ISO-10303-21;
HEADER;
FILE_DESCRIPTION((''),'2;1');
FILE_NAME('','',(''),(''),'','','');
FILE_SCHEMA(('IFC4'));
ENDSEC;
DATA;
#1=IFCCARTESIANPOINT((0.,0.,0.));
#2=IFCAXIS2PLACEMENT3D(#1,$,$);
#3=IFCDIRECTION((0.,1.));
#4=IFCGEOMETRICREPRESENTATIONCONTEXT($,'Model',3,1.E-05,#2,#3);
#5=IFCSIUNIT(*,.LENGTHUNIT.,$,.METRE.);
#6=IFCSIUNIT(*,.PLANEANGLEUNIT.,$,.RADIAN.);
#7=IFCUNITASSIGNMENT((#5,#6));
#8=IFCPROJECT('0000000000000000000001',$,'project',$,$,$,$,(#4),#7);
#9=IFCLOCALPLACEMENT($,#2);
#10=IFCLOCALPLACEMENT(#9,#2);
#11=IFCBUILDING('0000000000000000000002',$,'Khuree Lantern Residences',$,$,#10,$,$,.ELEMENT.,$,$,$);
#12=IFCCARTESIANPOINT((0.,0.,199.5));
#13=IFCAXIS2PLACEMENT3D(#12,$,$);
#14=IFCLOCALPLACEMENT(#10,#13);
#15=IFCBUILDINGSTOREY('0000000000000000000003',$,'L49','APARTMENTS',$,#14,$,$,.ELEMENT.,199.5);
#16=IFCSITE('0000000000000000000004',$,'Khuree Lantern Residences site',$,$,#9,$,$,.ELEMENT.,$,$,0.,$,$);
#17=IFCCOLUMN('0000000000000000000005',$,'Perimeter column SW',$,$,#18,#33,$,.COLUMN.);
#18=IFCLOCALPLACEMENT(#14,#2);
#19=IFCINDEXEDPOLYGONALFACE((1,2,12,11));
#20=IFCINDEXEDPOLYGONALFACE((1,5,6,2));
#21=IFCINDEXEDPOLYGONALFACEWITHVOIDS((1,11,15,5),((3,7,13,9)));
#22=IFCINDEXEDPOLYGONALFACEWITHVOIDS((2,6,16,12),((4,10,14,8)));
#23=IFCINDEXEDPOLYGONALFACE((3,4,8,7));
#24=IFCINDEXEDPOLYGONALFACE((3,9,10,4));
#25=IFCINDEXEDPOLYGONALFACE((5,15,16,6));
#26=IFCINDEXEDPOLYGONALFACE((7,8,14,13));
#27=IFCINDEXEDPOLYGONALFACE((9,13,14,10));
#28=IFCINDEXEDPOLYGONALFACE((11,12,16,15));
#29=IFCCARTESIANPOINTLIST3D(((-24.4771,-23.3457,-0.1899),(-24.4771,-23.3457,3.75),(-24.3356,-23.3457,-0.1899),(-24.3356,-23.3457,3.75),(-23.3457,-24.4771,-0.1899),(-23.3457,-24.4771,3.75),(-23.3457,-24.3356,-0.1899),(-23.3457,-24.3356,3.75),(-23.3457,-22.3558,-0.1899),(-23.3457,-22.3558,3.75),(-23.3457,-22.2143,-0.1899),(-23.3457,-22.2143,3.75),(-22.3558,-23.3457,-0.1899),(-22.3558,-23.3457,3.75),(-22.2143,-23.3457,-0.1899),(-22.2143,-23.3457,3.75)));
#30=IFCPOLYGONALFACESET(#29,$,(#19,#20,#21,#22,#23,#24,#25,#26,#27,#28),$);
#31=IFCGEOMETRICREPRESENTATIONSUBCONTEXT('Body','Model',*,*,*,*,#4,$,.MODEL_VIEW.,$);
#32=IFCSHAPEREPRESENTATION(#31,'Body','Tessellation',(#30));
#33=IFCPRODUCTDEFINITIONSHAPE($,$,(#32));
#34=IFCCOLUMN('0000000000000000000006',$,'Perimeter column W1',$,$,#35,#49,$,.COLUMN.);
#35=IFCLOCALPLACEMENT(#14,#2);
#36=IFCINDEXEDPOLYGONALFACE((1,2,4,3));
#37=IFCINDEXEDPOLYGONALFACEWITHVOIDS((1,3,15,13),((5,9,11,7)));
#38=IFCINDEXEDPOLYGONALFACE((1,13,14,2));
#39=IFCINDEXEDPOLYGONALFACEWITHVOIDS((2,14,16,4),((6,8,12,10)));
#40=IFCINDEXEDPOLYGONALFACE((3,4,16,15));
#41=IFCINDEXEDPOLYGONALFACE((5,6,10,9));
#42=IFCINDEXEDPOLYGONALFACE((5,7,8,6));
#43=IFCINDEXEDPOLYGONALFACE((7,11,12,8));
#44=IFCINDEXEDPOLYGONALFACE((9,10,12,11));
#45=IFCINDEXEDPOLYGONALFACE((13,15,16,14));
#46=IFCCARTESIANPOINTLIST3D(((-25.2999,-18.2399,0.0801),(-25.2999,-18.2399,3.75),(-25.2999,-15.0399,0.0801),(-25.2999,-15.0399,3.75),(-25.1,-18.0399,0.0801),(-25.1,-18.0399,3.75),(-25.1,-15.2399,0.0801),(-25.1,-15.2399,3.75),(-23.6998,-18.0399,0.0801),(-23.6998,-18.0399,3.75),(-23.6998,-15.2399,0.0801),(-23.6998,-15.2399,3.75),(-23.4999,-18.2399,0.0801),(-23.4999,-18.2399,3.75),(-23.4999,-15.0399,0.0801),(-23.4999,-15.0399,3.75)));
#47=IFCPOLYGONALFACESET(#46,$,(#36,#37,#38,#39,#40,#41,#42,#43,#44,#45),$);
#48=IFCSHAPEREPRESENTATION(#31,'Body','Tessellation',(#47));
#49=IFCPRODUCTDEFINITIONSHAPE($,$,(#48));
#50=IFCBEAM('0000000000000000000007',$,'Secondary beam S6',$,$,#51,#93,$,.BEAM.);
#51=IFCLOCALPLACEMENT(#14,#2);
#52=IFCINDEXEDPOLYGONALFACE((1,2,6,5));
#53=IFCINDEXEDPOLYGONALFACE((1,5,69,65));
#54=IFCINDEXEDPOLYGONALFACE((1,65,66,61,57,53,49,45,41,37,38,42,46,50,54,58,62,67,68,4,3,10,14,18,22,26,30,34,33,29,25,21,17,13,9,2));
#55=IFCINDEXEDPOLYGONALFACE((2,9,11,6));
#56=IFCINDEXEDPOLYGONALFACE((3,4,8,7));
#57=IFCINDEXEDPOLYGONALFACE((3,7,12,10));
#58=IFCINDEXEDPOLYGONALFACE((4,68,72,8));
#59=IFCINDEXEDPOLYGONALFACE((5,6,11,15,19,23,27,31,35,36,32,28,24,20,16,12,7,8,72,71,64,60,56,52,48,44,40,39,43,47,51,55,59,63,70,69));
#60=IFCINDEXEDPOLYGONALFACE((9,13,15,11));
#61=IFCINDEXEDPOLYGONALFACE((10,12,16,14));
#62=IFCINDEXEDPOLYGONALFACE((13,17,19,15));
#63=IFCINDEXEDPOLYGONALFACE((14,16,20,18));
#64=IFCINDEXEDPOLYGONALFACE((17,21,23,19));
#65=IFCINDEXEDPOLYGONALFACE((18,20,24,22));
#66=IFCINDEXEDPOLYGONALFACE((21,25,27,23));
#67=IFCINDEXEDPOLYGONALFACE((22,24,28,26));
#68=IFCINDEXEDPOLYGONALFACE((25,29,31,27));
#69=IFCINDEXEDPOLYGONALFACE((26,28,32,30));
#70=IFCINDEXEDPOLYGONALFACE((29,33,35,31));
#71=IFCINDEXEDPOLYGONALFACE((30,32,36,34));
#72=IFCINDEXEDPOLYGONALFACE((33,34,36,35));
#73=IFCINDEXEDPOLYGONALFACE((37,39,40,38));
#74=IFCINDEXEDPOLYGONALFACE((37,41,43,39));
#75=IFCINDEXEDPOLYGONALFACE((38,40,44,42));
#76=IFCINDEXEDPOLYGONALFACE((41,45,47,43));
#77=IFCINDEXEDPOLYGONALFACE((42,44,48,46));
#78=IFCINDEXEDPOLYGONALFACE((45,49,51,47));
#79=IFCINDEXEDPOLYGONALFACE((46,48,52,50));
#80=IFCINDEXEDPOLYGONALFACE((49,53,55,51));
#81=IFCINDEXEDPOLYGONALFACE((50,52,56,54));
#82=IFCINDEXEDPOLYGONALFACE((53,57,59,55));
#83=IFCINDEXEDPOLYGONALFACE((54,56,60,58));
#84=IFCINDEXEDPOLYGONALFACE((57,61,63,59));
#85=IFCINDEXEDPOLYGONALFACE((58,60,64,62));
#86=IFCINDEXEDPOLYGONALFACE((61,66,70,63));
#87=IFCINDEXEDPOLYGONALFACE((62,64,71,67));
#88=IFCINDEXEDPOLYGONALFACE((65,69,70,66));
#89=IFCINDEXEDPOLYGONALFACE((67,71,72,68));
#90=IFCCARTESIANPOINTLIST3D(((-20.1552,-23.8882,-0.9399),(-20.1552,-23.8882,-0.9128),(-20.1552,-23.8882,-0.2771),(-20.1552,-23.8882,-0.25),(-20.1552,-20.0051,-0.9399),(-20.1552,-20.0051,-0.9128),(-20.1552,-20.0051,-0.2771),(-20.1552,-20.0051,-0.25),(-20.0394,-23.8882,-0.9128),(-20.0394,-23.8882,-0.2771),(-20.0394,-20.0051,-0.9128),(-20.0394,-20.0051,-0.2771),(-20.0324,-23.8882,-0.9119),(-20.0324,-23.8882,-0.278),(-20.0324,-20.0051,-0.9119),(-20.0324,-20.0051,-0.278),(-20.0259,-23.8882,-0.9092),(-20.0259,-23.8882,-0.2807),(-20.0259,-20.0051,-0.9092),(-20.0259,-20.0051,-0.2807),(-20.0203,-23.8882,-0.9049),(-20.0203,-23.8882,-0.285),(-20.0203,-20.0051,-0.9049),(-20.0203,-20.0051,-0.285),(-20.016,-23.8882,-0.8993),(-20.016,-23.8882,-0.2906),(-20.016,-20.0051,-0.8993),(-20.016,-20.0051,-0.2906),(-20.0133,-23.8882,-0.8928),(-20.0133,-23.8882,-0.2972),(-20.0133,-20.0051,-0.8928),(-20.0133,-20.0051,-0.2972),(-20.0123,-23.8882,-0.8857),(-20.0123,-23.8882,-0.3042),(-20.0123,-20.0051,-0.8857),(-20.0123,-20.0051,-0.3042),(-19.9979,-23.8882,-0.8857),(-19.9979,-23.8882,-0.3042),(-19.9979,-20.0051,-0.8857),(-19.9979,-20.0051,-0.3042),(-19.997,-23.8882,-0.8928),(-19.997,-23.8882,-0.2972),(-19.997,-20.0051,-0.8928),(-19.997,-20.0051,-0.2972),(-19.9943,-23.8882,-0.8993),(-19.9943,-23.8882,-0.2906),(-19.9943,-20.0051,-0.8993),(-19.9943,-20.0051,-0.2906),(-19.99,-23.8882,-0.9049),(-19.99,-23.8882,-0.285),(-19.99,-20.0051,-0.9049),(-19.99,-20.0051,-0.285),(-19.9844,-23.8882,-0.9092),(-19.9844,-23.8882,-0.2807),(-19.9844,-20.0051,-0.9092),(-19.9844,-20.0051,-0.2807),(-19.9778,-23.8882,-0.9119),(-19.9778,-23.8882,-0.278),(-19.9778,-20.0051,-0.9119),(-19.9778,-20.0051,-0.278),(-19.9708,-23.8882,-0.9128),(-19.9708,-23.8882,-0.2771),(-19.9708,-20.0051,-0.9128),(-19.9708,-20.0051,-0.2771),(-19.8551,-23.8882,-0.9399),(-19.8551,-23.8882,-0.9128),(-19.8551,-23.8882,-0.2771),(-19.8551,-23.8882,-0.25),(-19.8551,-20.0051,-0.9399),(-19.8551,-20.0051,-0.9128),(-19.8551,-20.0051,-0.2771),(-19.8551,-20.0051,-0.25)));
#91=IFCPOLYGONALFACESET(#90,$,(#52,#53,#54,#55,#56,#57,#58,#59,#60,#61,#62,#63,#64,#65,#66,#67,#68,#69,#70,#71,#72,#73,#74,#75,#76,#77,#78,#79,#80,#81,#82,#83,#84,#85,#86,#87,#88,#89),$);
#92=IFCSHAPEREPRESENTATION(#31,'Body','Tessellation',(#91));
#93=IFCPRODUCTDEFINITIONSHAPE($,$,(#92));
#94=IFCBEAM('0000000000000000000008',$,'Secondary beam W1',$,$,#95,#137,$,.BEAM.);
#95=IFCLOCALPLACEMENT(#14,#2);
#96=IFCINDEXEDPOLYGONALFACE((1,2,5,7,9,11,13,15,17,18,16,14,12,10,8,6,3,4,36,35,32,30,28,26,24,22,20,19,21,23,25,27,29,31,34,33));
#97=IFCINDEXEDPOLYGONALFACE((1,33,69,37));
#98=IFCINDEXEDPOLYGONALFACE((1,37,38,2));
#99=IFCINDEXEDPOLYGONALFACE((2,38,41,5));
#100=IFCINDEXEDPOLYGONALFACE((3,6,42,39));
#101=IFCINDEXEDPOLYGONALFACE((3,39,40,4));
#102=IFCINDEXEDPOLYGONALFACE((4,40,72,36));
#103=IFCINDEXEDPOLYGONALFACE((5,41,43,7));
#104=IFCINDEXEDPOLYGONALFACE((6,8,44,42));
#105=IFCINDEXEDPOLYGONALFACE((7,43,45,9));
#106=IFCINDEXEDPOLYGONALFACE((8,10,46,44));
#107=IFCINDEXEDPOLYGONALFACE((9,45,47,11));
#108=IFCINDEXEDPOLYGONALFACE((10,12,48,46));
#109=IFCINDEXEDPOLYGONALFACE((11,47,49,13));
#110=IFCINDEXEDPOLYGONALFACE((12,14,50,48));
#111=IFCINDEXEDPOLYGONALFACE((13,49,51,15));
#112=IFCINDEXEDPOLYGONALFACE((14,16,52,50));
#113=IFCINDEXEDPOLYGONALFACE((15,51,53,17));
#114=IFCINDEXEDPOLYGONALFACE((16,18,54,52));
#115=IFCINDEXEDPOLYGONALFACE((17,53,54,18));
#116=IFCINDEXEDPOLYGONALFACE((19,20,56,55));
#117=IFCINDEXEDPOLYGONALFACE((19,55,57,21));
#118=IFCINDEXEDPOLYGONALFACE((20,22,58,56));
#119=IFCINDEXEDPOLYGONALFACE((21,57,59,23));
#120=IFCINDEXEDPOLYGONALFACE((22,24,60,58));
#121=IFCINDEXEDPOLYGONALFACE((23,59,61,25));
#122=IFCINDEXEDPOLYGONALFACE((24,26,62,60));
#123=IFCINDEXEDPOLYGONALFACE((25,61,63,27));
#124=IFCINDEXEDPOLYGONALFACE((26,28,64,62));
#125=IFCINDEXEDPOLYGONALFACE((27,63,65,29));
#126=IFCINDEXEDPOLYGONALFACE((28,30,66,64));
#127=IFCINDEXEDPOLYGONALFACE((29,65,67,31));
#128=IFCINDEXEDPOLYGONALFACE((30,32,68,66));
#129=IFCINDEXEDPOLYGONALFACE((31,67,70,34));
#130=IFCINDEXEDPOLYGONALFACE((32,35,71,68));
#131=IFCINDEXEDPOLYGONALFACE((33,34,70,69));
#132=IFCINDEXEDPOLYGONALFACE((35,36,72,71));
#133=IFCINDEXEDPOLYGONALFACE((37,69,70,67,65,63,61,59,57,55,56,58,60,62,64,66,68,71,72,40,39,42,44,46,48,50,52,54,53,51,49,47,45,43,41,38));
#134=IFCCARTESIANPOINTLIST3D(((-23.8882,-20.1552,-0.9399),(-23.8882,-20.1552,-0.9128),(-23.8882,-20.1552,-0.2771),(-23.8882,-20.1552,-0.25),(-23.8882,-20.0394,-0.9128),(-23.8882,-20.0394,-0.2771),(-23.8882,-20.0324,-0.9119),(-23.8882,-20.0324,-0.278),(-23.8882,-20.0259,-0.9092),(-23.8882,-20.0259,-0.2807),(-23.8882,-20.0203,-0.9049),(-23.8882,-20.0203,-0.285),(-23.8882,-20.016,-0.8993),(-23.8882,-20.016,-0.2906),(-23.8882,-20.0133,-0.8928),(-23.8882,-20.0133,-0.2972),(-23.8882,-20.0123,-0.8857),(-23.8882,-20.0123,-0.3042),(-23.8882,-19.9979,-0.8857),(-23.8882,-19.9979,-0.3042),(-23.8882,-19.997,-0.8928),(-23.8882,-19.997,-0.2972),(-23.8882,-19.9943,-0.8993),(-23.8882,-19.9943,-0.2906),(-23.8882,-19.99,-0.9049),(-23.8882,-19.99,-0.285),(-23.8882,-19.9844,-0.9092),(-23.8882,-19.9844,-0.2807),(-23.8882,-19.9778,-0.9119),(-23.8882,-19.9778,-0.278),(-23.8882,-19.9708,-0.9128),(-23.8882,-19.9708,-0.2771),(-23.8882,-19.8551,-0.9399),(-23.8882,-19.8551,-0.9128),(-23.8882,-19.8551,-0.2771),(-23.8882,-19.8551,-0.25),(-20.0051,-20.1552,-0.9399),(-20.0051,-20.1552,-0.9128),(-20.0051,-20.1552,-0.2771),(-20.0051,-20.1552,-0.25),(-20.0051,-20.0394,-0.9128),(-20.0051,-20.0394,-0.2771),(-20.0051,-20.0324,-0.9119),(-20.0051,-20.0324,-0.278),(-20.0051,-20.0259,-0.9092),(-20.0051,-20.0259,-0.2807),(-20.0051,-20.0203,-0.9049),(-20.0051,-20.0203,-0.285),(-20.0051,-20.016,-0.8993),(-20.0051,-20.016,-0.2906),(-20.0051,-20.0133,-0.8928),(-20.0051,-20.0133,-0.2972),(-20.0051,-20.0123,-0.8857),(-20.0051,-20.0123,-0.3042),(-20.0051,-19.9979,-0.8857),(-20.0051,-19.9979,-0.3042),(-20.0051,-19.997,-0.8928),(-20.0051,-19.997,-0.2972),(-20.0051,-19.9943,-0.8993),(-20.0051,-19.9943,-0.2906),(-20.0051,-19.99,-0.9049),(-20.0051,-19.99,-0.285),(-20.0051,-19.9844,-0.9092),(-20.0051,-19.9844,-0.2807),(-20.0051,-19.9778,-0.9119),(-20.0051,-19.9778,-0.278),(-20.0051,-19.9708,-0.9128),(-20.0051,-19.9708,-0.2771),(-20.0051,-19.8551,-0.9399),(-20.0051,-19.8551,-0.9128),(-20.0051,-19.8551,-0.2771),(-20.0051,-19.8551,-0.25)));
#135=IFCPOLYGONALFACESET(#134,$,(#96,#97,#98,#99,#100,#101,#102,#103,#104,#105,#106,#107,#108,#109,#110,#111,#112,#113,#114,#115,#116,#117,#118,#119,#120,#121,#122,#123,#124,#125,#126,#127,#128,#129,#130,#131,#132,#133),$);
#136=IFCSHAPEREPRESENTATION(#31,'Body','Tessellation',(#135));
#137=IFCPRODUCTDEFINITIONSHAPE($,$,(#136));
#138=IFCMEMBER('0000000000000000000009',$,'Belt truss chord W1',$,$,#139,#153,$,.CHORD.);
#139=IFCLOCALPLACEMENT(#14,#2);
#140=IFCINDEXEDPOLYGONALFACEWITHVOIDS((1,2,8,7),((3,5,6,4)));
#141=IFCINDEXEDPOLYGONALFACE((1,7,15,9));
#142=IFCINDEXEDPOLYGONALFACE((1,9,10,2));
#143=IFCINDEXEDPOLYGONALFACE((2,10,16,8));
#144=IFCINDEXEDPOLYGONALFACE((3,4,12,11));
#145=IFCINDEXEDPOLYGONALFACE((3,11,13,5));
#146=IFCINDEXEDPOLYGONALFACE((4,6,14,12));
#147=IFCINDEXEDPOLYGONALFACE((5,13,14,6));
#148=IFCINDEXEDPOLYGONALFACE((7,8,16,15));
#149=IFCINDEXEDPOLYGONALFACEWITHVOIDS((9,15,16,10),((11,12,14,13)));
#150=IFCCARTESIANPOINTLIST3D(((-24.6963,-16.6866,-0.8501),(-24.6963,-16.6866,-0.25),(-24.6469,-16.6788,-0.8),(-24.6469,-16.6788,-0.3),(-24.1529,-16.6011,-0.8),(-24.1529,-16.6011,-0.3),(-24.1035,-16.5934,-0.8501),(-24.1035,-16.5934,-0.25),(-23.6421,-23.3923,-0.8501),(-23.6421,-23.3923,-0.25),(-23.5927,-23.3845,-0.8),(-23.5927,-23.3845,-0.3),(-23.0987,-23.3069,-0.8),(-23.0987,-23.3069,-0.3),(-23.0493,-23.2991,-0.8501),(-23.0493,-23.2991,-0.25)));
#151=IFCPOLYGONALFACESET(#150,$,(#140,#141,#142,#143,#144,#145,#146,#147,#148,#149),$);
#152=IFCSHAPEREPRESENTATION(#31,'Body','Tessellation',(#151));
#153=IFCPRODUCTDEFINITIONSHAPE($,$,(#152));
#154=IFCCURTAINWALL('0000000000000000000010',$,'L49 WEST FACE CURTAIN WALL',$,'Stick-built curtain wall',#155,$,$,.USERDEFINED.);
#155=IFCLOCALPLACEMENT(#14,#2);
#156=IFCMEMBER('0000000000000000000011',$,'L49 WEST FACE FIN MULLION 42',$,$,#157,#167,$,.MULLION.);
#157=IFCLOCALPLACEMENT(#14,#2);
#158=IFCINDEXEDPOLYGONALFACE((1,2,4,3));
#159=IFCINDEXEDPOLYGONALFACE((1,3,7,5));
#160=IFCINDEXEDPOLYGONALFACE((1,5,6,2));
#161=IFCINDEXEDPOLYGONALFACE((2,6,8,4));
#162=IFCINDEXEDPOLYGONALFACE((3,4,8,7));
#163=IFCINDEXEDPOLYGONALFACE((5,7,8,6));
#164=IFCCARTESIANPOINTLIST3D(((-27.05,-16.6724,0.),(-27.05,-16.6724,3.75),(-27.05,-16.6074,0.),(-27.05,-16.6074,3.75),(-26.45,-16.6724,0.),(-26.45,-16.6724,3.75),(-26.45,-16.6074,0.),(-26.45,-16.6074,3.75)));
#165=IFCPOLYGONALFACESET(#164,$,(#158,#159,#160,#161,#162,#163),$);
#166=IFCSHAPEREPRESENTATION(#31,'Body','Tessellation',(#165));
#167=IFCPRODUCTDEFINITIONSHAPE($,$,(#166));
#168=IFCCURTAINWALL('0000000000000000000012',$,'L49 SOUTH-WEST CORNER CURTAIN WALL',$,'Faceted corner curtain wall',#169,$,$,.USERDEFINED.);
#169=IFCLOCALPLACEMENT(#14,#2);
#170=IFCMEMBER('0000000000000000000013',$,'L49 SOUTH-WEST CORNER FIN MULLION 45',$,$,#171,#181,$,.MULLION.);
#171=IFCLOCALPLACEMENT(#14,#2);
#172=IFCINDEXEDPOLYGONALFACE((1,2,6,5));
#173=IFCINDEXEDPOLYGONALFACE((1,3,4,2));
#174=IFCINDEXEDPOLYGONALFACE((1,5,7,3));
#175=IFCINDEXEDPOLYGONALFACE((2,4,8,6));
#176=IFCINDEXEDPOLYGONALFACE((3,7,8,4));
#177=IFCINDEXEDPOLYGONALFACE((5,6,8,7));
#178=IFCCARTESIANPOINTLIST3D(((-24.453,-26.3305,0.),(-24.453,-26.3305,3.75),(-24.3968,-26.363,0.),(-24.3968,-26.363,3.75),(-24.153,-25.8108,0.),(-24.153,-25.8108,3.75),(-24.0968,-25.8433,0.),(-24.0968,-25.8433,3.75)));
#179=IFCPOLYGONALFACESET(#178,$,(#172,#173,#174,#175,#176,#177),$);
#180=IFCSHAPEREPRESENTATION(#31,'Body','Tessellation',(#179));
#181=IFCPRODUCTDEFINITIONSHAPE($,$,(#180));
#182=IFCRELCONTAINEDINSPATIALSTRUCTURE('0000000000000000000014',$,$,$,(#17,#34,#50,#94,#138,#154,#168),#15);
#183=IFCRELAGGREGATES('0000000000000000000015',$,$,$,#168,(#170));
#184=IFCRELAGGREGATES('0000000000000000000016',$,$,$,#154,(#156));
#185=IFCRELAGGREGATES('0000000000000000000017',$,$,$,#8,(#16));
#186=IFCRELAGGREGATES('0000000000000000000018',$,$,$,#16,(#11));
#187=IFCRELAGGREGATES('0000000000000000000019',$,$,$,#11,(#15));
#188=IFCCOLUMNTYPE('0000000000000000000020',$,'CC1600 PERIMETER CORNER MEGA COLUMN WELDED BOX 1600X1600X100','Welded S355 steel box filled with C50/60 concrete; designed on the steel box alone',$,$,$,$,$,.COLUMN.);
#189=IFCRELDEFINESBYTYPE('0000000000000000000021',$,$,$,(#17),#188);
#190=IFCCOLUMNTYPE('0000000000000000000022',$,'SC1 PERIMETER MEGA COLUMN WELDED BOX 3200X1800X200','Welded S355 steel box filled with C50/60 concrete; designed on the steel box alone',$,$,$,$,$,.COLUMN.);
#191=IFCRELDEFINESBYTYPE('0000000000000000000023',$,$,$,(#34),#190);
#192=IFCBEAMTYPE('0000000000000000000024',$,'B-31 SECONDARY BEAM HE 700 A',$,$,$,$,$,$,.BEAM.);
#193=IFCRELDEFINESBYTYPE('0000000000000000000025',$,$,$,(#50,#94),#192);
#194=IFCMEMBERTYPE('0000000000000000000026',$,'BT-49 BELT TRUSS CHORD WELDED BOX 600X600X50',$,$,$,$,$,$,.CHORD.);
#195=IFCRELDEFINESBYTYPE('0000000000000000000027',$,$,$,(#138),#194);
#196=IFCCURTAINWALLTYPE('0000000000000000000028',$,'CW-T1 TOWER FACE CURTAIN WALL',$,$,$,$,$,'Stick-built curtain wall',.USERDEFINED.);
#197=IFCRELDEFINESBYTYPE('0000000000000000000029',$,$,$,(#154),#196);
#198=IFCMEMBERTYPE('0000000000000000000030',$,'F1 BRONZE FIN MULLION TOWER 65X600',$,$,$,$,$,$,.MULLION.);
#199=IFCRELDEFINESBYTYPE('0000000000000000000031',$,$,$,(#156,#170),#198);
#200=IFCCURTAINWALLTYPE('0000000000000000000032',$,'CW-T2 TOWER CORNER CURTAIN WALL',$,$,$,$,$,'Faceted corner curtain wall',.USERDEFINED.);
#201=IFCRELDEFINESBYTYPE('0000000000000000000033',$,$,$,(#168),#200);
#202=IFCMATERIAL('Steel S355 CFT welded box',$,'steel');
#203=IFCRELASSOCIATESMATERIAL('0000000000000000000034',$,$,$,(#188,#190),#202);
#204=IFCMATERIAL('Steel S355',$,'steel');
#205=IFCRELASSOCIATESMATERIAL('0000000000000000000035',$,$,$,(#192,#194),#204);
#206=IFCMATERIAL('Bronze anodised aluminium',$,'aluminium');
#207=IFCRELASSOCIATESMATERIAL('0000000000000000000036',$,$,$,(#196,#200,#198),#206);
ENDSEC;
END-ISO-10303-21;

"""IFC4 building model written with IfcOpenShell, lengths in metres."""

from ifc_helpers import new_model, si_unit, direction, frame, origin, origin_2d, place, context, subcontext, project, spatial, rectangle, hollow_rectangle, i_section, extrude, material, material_profile, profile_set, type_object, element, aggregate, save


model = new_model("IFC4")

# Units and contexts
model_context = context("Model", 3, precision=1e-05, world=origin(), true_north=direction((0.0, 1.0)))
body_context = subcontext(model_context, "Body", "Model", "MODEL_VIEW")
ifc_project = project(units=[si_unit("LENGTHUNIT", "METRE"), si_unit("PLANEANGLEUNIT", "RADIAN")], contexts=[model_context])

# Site, building, storey
site_placement = place(None, origin())
site = spatial("IfcSite", under=ifc_project, at=site_placement, Name="Khuree Lantern Residences site", CompositionType="ELEMENT", RefElevation=0.0)
building_placement = place(site_placement, origin())
building = spatial("IfcBuilding", under=site, at=building_placement, Name="Khuree Lantern Residences", CompositionType="ELEMENT")
storey_placement = place(building_placement, frame((0.0, 0.0, 199.5)))
storey = spatial("IfcBuildingStorey", under=building, at=storey_placement, Name="L49", Description="APARTMENTS", CompositionType="ELEMENT", Elevation=199.5)

# Columns
ifc_material_1 = material(Name="Steel S355 CFT welded box", Category="steel")
ifc_material_profile_1 = material_profile(ifc_material_1, hollow_rectangle(XDim=1.6001, YDim=1.6001, WallThickness=0.1001, at=origin_2d()), Name="WELDED BOX 1600X1600X100")
ifc_profile_set_1 = profile_set([ifc_material_profile_1], Name="Steel S355 CFT welded box")
column_type_1 = type_object("IfcColumnType", Name="CC1600 PERIMETER CORNER MEGA COLUMN WELDED BOX 1600X1600X100", Description="Welded S355 steel box filled with C50/60 concrete; designed on the steel box alone", PredefinedType="COLUMN", material=ifc_profile_set_1)
column_1_placement = place(storey_placement, frame((-23.3457, -23.3457, -0.1899), z_axis=(0.0, 0.0, 1.0), x_axis=(0.707107, -0.707107, 0.0)))
element("IfcColumn", 1, at=column_1_placement, inside=storey, type_object=column_type_1, Name="Perimeter column SW", PredefinedType="COLUMN", context=body_context, shape_type="SweptSolid", body=[
    extrude(hollow_rectangle(XDim=1.6001, YDim=1.6001, WallThickness=0.1001, at=origin_2d()), origin(), (0.0, 0.0, 1.0), 3.9399),
])
ifc_material_profile_2 = material_profile(ifc_material_1, hollow_rectangle(XDim=3.2, YDim=1.8, WallThickness=0.2, at=origin_2d()), Name="WELDED BOX 3200X1800X200")
ifc_profile_set_2 = profile_set([ifc_material_profile_2], Name="Steel S355 CFT welded box")
column_type_2 = type_object("IfcColumnType", Name="SC1 PERIMETER MEGA COLUMN WELDED BOX 3200X1800X200", Description="Welded S355 steel box filled with C50/60 concrete; designed on the steel box alone", PredefinedType="COLUMN", material=ifc_profile_set_2)
column_2_placement = place(storey_placement, frame((-24.3999, -16.6399, 0.0801), z_axis=(0.0, 0.0, 1.0), x_axis=(0.0, 1.0, 0.0)))
element("IfcColumn", 2, at=column_2_placement, inside=storey, type_object=column_type_2, Name="Perimeter column W1", PredefinedType="COLUMN", context=body_context, shape_type="SweptSolid", body=[
    extrude(hollow_rectangle(XDim=3.2, YDim=1.8, WallThickness=0.2, at=origin_2d()), origin(), (0.0, 0.0, 1.0), 3.6699),
])

# Beams
ifc_material_2 = material(Name="Steel S355", Category="steel")
ifc_material_profile_3 = material_profile(ifc_material_2, i_section(OverallWidth=0.3, OverallDepth=0.6899, WebThickness=0.0144, FlangeThickness=0.0271, FilletRadius=0.0271, at=origin_2d()), Name="HE 700 A")
ifc_profile_set_3 = profile_set([ifc_material_profile_3], Name="Steel S355")
beam_type_1 = type_object("IfcBeamType", Name="B-31 SECONDARY BEAM HE 700 A", PredefinedType="BEAM", material=ifc_profile_set_3)
for number, where, z_axis, x_axis, name in (
    (3, (-20.0051, -23.8882, -0.595), (0.0, 1.0, 0.0), (-1.0, 0.0, 0.0), "Secondary beam S6"),
    (4, (-23.8882, -20.0051, -0.595), (1.0, 0.0, 0.0), (0.0, 1.0, 0.0), "Secondary beam W1"),
):
    element("IfcBeam", number, at=place(storey_placement, frame(where, z_axis=z_axis, x_axis=x_axis)), inside=storey, type_object=beam_type_1, Name=name, PredefinedType="BEAM", context=body_context, shape_type="SweptSolid", body=[
        extrude(i_section(OverallWidth=0.3, OverallDepth=0.6899, WebThickness=0.0144, FlangeThickness=0.0271, FilletRadius=0.0271, at=origin_2d()), origin(), (0.0, 0.0, 1.0), 3.8831),
    ])

# Member
ifc_material_profile_4 = material_profile(ifc_material_2, hollow_rectangle(XDim=0.6001, YDim=0.6001, WallThickness=0.05, at=origin_2d()), Name="WELDED BOX 600X600X50")
ifc_profile_set_4 = profile_set([ifc_material_profile_4], Name="Steel S355")
member_type_1 = type_object("IfcMemberType", Name="BT-49 BELT TRUSS CHORD WELDED BOX 600X600X50", PredefinedType="CHORD", material=ifc_profile_set_4)
member_1_placement = place(storey_placement, frame((-23.3457, -23.3457, -0.55), z_axis=(-0.1553, 0.987867, 0.0), x_axis=(-0.987867, -0.1553, 0.0)))
element("IfcMember", 5, at=member_1_placement, inside=storey, type_object=member_type_1, Name="Belt truss chord W1", PredefinedType="CHORD", context=body_context, shape_type="SweptSolid", body=[
    extrude(hollow_rectangle(XDim=0.6001, YDim=0.6001, WallThickness=0.05, at=origin_2d()), origin(), (0.0, 0.0, 1.0), 6.7881),
])

# Curtain wall, member
ifc_material_3 = material(Name="Bronze anodised aluminium", Category="aluminium")
curtain_wall_type_1 = type_object("IfcCurtainWallType", Name="CW-T1 TOWER FACE CURTAIN WALL", ElementType="Stick-built curtain wall", PredefinedType="USERDEFINED", material=ifc_material_3)
curtain_wall_1_placement = place(storey_placement, origin())
curtain_wall_1 = element("IfcCurtainWall", 6, at=curtain_wall_1_placement, inside=storey, type_object=curtain_wall_type_1, Name="L49 WEST FACE CURTAIN WALL", ObjectType="Stick-built curtain wall", PredefinedType="USERDEFINED")
ifc_material_profile_5 = material_profile(ifc_material_3, rectangle(XDim=0.0649, YDim=0.6001, at=origin_2d()), Name="F1 65X600")
ifc_profile_set_5 = profile_set([ifc_material_profile_5], Name="Bronze anodised aluminium")
member_type_2 = type_object("IfcMemberType", Name="F1 BRONZE FIN MULLION TOWER 65X600", PredefinedType="MULLION", material=ifc_profile_set_5)
member_2_placement = place(storey_placement, frame((-26.75, -16.6399, 0.0), z_axis=(0.0, 0.0, 1.0), x_axis=(0.0, -1.0, 0.0)))
member_2 = element("IfcMember", 7, at=member_2_placement, type_object=member_type_2, Name="L49 WEST FACE FIN MULLION 42", PredefinedType="MULLION", context=body_context, shape_type="SweptSolid", body=[
    extrude(rectangle(XDim=0.0649, YDim=0.6001, at=origin_2d()), origin(), (0.0, 0.0, 1.0), 3.75),
])

# Curtain wall, member
curtain_wall_type_2 = type_object("IfcCurtainWallType", Name="CW-T2 TOWER CORNER CURTAIN WALL", ElementType="Faceted corner curtain wall", PredefinedType="USERDEFINED", material=ifc_material_3)
curtain_wall_2_placement = place(storey_placement, origin())
curtain_wall_2 = element("IfcCurtainWall", 8, at=curtain_wall_2_placement, inside=storey, type_object=curtain_wall_type_2, Name="L49 SOUTH-WEST CORNER CURTAIN WALL", ObjectType="Faceted corner curtain wall", PredefinedType="USERDEFINED")
member_3_placement = place(storey_placement, frame((-24.2749, -26.0869, 0.0), z_axis=(0.0, 0.0, 1.0), x_axis=(0.866025, -0.5, 0.0)))
member_3 = element("IfcMember", 9, at=member_3_placement, type_object=member_type_2, Name="L49 SOUTH-WEST CORNER FIN MULLION 45", PredefinedType="MULLION", context=body_context, shape_type="SweptSolid", body=[
    extrude(rectangle(XDim=0.0649, YDim=0.6001, at=origin_2d()), origin(), (0.0, 0.0, 1.0), 3.75),
])

aggregate(curtain_wall_2, [member_3])
aggregate(curtain_wall_1, [member_2])

save(model, "model.ifc")
